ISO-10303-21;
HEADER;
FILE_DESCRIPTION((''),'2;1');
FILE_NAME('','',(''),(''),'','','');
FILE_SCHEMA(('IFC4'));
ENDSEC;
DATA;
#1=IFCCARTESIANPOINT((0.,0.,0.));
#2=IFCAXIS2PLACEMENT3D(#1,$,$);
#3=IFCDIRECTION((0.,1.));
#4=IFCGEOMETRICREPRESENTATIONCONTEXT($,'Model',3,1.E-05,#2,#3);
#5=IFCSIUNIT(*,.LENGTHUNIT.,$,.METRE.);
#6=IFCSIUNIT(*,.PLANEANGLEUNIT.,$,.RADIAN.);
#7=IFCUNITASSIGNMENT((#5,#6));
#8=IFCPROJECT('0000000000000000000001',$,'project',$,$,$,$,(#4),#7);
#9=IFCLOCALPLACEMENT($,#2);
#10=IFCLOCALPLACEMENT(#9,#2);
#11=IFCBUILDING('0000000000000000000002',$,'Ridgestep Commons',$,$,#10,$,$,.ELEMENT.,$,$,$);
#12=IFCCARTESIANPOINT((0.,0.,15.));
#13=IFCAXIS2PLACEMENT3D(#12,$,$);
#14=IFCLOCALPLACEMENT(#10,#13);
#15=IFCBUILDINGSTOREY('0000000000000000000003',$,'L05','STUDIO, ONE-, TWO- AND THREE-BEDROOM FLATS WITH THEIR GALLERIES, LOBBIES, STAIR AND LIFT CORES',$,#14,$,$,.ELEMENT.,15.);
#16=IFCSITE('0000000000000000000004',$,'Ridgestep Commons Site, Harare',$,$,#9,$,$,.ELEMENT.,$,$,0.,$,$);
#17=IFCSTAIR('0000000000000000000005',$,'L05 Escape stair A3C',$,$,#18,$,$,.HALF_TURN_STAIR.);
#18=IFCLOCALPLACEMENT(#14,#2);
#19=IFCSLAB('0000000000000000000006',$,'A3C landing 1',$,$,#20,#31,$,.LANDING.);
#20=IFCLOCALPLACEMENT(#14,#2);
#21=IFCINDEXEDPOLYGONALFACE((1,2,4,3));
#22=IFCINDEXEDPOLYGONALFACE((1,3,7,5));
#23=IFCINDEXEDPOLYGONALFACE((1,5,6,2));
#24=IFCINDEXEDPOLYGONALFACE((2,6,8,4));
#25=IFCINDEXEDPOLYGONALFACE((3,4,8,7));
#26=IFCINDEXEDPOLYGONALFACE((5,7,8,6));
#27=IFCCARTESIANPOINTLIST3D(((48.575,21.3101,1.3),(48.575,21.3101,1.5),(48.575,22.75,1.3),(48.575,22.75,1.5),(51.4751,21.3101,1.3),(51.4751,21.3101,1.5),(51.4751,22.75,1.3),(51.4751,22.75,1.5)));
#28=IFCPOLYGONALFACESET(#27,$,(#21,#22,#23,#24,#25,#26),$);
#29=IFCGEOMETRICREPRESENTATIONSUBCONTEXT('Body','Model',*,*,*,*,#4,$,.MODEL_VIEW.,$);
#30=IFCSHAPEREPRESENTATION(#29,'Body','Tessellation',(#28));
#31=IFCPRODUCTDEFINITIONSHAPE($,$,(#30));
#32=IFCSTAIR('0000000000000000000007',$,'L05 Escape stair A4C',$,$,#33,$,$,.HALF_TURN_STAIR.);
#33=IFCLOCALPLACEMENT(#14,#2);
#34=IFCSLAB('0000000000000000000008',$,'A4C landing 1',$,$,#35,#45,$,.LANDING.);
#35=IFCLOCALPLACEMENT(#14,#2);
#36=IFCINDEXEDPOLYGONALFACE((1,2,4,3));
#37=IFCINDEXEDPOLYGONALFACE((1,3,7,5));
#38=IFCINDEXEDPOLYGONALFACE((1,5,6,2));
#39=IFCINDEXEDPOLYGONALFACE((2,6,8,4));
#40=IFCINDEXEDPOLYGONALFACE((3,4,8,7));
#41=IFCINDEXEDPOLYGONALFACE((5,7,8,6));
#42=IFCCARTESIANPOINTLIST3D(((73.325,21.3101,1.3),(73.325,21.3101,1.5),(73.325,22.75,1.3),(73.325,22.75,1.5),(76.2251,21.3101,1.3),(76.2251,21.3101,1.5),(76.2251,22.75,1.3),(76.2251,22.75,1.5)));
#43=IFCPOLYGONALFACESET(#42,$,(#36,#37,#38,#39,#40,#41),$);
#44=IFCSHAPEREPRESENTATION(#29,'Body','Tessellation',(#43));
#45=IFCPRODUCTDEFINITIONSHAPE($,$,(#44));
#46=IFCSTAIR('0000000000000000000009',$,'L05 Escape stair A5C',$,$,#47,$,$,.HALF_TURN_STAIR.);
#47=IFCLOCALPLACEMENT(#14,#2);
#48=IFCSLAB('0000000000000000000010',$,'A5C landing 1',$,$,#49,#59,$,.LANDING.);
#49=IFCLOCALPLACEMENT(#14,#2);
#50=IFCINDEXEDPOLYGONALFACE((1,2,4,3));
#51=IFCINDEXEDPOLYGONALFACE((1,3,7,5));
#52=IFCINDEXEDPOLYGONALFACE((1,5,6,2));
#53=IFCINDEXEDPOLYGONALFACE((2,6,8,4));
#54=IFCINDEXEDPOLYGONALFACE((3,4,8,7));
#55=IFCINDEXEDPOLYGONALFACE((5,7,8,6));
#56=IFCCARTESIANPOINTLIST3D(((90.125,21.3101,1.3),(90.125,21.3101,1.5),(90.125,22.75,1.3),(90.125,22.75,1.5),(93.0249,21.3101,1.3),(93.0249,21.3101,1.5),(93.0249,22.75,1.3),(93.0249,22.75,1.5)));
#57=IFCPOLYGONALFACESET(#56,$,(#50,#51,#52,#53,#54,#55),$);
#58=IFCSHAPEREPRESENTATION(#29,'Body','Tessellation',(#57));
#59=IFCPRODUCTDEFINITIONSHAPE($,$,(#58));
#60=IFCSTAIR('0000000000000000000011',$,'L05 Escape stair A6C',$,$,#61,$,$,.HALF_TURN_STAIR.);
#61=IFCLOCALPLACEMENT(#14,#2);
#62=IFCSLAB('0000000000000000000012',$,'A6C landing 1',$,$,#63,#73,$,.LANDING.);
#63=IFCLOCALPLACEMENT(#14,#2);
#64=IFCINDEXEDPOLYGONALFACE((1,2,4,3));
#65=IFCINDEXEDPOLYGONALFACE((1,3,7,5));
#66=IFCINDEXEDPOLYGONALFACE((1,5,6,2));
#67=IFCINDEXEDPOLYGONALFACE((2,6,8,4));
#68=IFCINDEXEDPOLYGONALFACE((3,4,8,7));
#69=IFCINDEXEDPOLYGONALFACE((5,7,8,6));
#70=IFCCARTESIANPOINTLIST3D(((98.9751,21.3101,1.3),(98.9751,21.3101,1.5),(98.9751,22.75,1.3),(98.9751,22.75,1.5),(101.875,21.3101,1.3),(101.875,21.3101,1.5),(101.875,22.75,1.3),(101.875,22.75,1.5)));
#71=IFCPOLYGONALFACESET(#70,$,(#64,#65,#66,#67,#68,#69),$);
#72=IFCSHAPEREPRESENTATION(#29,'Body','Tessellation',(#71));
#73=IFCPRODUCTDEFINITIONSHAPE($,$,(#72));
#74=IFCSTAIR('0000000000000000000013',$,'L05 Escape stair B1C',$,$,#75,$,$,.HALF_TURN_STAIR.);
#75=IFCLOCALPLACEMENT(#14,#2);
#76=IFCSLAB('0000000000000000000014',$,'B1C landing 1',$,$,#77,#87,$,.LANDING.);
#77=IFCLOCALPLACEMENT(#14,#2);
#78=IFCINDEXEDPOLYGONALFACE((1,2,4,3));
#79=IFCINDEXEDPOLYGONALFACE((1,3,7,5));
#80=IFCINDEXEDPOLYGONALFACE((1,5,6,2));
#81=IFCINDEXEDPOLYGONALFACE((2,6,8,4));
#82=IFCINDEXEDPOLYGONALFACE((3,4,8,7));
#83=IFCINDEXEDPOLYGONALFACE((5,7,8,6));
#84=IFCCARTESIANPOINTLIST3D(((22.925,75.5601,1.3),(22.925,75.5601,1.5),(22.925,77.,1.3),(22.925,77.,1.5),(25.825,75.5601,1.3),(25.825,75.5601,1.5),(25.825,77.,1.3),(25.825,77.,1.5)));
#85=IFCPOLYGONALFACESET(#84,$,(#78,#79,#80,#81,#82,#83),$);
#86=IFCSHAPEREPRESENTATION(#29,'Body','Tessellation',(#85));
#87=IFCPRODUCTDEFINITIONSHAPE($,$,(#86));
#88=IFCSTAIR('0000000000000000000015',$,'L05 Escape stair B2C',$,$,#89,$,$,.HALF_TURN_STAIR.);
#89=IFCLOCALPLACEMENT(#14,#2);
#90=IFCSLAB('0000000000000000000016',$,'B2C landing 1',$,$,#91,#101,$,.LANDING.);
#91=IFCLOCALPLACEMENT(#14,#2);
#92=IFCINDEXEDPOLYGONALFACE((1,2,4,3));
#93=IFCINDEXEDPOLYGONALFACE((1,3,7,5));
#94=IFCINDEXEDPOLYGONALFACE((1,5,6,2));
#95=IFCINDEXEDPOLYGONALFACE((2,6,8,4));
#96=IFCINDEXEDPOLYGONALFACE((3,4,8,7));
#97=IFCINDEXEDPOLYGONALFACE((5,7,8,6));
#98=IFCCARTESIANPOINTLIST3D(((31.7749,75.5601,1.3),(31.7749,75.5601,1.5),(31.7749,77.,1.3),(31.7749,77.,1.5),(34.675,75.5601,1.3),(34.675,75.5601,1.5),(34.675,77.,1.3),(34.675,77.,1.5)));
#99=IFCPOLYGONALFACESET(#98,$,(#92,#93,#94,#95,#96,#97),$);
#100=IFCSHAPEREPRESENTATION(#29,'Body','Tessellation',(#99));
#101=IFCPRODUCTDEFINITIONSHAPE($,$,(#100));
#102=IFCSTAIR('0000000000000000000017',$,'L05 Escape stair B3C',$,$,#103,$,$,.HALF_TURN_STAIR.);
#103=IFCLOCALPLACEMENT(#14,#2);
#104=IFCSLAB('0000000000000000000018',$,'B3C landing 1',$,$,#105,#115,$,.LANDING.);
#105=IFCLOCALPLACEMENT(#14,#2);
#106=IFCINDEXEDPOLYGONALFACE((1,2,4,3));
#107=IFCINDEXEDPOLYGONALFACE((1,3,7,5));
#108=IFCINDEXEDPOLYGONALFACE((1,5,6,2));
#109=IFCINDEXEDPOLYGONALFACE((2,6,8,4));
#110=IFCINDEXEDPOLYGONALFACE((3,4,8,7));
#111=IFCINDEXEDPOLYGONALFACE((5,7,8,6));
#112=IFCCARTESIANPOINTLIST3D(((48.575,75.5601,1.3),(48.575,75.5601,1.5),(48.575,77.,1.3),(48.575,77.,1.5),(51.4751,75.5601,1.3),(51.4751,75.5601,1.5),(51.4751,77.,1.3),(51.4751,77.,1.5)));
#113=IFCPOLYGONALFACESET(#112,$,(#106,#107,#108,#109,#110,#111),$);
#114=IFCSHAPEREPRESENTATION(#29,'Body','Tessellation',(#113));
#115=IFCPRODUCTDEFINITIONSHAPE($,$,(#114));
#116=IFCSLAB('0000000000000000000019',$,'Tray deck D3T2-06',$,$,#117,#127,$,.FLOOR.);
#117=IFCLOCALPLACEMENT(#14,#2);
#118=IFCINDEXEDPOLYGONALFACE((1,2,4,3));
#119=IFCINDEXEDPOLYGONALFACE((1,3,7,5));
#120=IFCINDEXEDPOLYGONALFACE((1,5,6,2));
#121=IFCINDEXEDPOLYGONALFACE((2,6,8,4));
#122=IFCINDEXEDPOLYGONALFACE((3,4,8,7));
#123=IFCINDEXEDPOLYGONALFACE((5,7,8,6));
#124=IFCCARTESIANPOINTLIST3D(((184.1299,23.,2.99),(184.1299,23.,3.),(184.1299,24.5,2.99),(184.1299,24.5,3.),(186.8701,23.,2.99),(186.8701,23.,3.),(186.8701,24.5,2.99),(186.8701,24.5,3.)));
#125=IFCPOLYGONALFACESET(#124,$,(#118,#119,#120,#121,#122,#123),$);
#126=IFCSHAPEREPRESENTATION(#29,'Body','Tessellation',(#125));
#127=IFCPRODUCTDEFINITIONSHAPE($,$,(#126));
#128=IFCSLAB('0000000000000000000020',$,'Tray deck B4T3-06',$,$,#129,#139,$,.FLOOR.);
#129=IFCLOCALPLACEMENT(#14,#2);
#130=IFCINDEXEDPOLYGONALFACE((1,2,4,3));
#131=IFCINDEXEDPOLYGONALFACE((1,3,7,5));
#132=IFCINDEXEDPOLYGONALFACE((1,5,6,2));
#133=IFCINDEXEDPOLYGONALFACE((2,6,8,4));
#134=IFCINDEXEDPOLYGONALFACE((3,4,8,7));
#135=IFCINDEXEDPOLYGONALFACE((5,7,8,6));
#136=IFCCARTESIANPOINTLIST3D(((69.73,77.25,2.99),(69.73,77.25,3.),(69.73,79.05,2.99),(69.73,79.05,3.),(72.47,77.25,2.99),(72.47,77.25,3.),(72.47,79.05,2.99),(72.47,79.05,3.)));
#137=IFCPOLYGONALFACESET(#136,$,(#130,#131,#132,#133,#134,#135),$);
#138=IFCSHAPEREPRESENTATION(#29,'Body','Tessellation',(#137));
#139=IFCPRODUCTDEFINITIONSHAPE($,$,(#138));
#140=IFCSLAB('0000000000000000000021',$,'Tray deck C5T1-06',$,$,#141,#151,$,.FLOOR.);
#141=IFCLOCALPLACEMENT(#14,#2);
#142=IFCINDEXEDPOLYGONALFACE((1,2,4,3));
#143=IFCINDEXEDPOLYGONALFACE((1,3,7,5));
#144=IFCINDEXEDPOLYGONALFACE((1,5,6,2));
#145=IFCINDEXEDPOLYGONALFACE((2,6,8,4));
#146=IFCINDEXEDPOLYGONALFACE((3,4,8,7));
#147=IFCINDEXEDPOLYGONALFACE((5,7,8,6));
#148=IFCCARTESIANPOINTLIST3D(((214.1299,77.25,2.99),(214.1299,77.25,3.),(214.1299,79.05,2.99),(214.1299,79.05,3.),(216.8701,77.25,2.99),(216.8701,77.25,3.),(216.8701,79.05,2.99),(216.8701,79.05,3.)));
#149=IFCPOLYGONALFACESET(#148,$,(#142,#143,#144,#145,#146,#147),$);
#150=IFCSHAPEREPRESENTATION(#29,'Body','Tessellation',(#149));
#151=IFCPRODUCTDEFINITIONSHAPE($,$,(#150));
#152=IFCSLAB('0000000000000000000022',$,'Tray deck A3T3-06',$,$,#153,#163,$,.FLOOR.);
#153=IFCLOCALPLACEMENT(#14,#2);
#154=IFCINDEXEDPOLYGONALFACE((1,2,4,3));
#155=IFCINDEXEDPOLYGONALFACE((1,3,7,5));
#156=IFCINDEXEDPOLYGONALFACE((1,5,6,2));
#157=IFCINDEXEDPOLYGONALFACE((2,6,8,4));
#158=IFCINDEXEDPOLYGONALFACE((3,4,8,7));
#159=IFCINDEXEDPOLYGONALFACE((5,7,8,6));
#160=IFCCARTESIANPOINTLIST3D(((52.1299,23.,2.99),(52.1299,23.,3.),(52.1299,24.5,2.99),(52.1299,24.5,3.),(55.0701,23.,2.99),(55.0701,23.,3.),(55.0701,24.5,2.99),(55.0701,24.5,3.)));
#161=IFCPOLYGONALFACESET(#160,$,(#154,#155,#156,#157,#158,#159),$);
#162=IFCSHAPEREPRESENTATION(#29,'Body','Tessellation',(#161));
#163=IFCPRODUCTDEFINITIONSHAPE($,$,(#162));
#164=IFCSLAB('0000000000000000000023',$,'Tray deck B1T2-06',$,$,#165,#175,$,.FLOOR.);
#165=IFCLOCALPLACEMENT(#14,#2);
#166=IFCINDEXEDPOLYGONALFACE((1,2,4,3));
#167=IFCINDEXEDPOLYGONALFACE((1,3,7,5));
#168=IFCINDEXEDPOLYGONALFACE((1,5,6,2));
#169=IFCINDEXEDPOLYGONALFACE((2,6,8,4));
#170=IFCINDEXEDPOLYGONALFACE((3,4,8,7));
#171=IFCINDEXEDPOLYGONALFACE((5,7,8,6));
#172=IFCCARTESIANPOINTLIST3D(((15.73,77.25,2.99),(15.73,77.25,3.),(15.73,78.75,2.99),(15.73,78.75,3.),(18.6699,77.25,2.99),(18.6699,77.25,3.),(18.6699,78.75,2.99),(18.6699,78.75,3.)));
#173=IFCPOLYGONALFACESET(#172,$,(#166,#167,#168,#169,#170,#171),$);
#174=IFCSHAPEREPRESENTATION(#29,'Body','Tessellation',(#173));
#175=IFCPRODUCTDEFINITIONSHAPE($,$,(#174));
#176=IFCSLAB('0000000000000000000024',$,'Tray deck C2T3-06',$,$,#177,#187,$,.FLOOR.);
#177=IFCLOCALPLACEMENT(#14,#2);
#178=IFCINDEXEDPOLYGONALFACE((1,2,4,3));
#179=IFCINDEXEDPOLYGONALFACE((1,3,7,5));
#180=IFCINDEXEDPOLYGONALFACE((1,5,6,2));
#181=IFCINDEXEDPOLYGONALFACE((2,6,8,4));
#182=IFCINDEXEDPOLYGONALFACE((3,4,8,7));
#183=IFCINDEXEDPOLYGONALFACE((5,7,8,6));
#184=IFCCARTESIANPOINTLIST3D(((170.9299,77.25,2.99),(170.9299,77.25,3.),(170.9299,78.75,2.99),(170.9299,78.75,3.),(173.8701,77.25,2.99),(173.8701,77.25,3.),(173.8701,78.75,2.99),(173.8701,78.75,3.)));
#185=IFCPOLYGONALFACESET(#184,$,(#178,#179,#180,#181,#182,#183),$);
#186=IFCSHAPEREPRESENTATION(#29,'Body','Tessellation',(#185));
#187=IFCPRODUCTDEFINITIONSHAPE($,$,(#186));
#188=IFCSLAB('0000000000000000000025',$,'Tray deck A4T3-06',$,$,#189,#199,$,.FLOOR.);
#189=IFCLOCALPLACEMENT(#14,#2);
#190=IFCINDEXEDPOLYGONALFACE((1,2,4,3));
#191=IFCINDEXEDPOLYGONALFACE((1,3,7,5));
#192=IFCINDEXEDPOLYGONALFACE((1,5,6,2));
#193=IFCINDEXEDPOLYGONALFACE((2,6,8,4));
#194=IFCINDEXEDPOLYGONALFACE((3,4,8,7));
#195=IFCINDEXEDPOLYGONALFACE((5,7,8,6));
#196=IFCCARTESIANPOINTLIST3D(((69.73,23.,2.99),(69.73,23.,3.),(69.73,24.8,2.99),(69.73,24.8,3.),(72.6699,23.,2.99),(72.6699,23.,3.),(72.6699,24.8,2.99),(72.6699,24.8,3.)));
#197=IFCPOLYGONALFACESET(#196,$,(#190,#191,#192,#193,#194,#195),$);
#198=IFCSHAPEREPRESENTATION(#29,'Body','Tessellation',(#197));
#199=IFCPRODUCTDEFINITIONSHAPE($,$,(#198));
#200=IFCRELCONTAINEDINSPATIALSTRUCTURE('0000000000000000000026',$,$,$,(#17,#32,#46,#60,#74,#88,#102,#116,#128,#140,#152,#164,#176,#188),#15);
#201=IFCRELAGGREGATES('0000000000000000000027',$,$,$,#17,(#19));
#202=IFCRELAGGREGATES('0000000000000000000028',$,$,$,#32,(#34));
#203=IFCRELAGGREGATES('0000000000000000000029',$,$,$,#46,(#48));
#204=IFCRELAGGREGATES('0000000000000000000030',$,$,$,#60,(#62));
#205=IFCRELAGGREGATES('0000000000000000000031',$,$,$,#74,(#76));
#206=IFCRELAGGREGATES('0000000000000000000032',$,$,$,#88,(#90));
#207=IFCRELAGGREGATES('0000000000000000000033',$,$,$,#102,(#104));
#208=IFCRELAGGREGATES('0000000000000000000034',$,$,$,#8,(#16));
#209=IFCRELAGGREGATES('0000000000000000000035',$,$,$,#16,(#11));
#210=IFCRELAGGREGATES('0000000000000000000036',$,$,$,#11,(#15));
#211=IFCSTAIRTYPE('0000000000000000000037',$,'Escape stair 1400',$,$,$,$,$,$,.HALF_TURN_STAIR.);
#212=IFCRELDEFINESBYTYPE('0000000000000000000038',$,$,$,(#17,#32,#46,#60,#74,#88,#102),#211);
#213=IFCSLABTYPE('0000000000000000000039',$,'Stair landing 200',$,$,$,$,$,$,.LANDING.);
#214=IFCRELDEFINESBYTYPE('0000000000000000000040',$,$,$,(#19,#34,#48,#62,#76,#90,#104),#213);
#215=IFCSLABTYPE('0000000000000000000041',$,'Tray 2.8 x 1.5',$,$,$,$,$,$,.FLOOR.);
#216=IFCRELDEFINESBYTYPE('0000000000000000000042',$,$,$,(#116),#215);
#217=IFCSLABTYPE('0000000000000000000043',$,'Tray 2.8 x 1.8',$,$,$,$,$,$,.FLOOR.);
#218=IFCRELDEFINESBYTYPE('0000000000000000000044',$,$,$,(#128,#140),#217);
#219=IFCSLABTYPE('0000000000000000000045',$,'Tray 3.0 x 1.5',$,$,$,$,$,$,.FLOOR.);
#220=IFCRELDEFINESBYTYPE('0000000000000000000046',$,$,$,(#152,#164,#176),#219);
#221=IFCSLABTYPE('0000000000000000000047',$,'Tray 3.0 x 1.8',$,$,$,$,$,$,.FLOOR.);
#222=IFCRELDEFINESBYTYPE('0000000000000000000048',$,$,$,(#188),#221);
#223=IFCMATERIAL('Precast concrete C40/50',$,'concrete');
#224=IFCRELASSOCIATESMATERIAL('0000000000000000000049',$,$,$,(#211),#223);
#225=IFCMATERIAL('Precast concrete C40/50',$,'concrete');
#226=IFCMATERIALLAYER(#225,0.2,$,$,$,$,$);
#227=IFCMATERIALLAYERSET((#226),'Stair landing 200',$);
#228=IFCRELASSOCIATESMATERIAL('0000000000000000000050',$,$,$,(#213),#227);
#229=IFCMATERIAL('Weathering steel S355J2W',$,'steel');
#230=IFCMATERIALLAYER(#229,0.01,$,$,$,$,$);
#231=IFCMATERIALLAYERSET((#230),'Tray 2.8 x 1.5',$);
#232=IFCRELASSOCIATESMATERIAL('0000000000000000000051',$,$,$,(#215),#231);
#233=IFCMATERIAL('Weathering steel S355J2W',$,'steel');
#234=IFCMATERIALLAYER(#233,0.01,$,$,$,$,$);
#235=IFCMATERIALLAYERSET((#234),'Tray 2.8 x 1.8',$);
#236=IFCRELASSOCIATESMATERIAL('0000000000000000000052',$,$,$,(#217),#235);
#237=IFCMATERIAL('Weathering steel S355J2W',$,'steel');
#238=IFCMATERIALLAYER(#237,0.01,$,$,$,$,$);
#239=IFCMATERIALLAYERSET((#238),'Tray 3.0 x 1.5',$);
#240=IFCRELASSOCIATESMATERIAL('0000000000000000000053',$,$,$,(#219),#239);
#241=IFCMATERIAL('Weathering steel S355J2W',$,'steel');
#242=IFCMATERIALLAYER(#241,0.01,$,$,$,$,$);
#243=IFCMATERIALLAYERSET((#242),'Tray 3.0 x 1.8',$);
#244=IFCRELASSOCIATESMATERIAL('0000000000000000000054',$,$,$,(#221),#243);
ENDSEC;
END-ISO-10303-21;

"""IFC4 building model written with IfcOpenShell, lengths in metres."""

from ifc_helpers import new_model, si_unit, direction, frame, origin, place, context, subcontext, project, spatial, polyline, outline, extrude, material, layer, layer_set, type_object, element, aggregate, save


model = new_model("IFC4")

# Units and contexts
model_context = context("Model", 3, precision=1e-05, world=origin(), true_north=direction((0.0, 1.0)))
body_context = subcontext(model_context, "Body", "Model", "MODEL_VIEW")
ifc_project = project(units=[si_unit("LENGTHUNIT", "METRE"), si_unit("PLANEANGLEUNIT", "RADIAN")], contexts=[model_context])

# Site, building, storey
site_placement = place(None, origin())
site = spatial("IfcSite", under=ifc_project, at=site_placement, Name="Ridgestep Commons Site, Harare", CompositionType="ELEMENT", RefElevation=0.0)
building_placement = place(site_placement, origin())
building = spatial("IfcBuilding", under=site, at=building_placement, Name="Ridgestep Commons", CompositionType="ELEMENT")
storey_placement = place(building_placement, frame((0.0, 0.0, 15.0)))
storey = spatial("IfcBuildingStorey", under=building, at=storey_placement, Name="L05", Description="STUDIO, ONE-, TWO- AND THREE-BEDROOM FLATS WITH THEIR GALLERIES, LOBBIES, STAIR AND LIFT CORES", CompositionType="ELEMENT", Elevation=15.0)

# Stairs, slabs
ifc_material_1 = material(Name="Precast concrete C40/50", Category="concrete")
stair_type = type_object("IfcStairType", Name="Escape stair 1400", PredefinedType="HALF_TURN_STAIR", material=ifc_material_1)
ifc_material_2 = material(Name="Precast concrete C40/50", Category="concrete")
ifc_layer_1 = layer(ifc_material_2, 0.2)
ifc_layer_set_1 = layer_set([ifc_layer_1], Name="Stair landing 200")
slab_type_1 = type_object("IfcSlabType", Name="Stair landing 200", PredefinedType="LANDING", material=ifc_layer_set_1)
stair_1_placement = place(storey_placement, origin())
stair_1 = element("IfcStair", 1, at=stair_1_placement, inside=storey, type_object=stair_type, Name="L05 Escape stair A3C", PredefinedType="HALF_TURN_STAIR")
slab_1_placement = place(storey_placement, frame((0.0, 0.0, 1.3)))
slab_1 = element("IfcSlab", 2, at=slab_1_placement, type_object=slab_type_1, Name="A3C landing 1", PredefinedType="LANDING", context=body_context, shape_type="SweptSolid", body=[
    extrude(outline(polyline([(51.4751, 21.3101), (51.4751, 22.75), (48.575, 22.75), (48.575, 21.3101), (51.4751, 21.3101)])), origin(), (0.0, 0.0, 1.0), 0.2),
])
aggregate(stair_1, [slab_1])
stair_2_placement = place(storey_placement, origin())
stair_2 = element("IfcStair", 3, at=stair_2_placement, inside=storey, type_object=stair_type, Name="L05 Escape stair A4C", PredefinedType="HALF_TURN_STAIR")
slab_2_placement = place(storey_placement, frame((0.0, 0.0, 1.3)))
slab_2 = element("IfcSlab", 4, at=slab_2_placement, type_object=slab_type_1, Name="A4C landing 1", PredefinedType="LANDING", context=body_context, shape_type="SweptSolid", body=[
    extrude(outline(polyline([(76.2251, 21.3101), (76.2251, 22.75), (73.325, 22.75), (73.325, 21.3101), (76.2251, 21.3101)])), origin(), (0.0, 0.0, 1.0), 0.2),
])
aggregate(stair_2, [slab_2])
stair_3_placement = place(storey_placement, origin())
stair_3 = element("IfcStair", 5, at=stair_3_placement, inside=storey, type_object=stair_type, Name="L05 Escape stair A5C", PredefinedType="HALF_TURN_STAIR")
slab_3_placement = place(storey_placement, frame((0.0, 0.0, 1.3)))
slab_3 = element("IfcSlab", 6, at=slab_3_placement, type_object=slab_type_1, Name="A5C landing 1", PredefinedType="LANDING", context=body_context, shape_type="SweptSolid", body=[
    extrude(outline(polyline([(93.0249, 21.3101), (93.0249, 22.75), (90.125, 22.75), (90.125, 21.3101), (93.0249, 21.3101)])), origin(), (0.0, 0.0, 1.0), 0.2),
])
aggregate(stair_3, [slab_3])
stair_4_placement = place(storey_placement, origin())
stair_4 = element("IfcStair", 7, at=stair_4_placement, inside=storey, type_object=stair_type, Name="L05 Escape stair A6C", PredefinedType="HALF_TURN_STAIR")
slab_4_placement = place(storey_placement, frame((0.0, 0.0, 1.3)))
slab_4 = element("IfcSlab", 8, at=slab_4_placement, type_object=slab_type_1, Name="A6C landing 1", PredefinedType="LANDING", context=body_context, shape_type="SweptSolid", body=[
    extrude(outline(polyline([(101.875, 21.3101), (101.875, 22.75), (98.9751, 22.75), (98.9751, 21.3101), (101.875, 21.3101)])), origin(), (0.0, 0.0, 1.0), 0.2),
])
aggregate(stair_4, [slab_4])
stair_5_placement = place(storey_placement, origin())
stair_5 = element("IfcStair", 9, at=stair_5_placement, inside=storey, type_object=stair_type, Name="L05 Escape stair B1C", PredefinedType="HALF_TURN_STAIR")
slab_5_placement = place(storey_placement, frame((0.0, 0.0, 1.3)))
slab_5 = element("IfcSlab", 10, at=slab_5_placement, type_object=slab_type_1, Name="B1C landing 1", PredefinedType="LANDING", context=body_context, shape_type="SweptSolid", body=[
    extrude(outline(polyline([(25.825, 75.5601), (25.825, 77.0), (22.925, 77.0), (22.925, 75.5601), (25.825, 75.5601)])), origin(), (0.0, 0.0, 1.0), 0.2),
])
aggregate(stair_5, [slab_5])
stair_6_placement = place(storey_placement, origin())
stair_6 = element("IfcStair", 11, at=stair_6_placement, inside=storey, type_object=stair_type, Name="L05 Escape stair B2C", PredefinedType="HALF_TURN_STAIR")
slab_6_placement = place(storey_placement, frame((0.0, 0.0, 1.3)))
slab_6 = element("IfcSlab", 12, at=slab_6_placement, type_object=slab_type_1, Name="B2C landing 1", PredefinedType="LANDING", context=body_context, shape_type="SweptSolid", body=[
    extrude(outline(polyline([(34.675, 75.5601), (34.675, 77.0), (31.7749, 77.0), (31.7749, 75.5601), (34.675, 75.5601)])), origin(), (0.0, 0.0, 1.0), 0.2),
])
aggregate(stair_6, [slab_6])
stair_7_placement = place(storey_placement, origin())
stair_7 = element("IfcStair", 13, at=stair_7_placement, inside=storey, type_object=stair_type, Name="L05 Escape stair B3C", PredefinedType="HALF_TURN_STAIR")
slab_7_placement = place(storey_placement, frame((0.0, 0.0, 1.3)))
slab_7 = element("IfcSlab", 14, at=slab_7_placement, type_object=slab_type_1, Name="B3C landing 1", PredefinedType="LANDING", context=body_context, shape_type="SweptSolid", body=[
    extrude(outline(polyline([(51.4751, 75.5601), (51.4751, 77.0), (48.575, 77.0), (48.575, 75.5601), (51.4751, 75.5601)])), origin(), (0.0, 0.0, 1.0), 0.2),
])
aggregate(stair_7, [slab_7])

# Slabs
ifc_material_3 = material(Name="Weathering steel S355J2W", Category="steel")
ifc_layer_2 = layer(ifc_material_3, 0.01)
ifc_layer_set_2 = layer_set([ifc_layer_2], Name="Tray 2.8 x 1.5")
slab_type_2 = type_object("IfcSlabType", Name="Tray 2.8 x 1.5", PredefinedType="FLOOR", material=ifc_layer_set_2)
slab_8_placement = place(storey_placement, frame((0.0, 0.0, 2.99)))
element("IfcSlab", 15, at=slab_8_placement, inside=storey, type_object=slab_type_2, Name="Tray deck D3T2-06", PredefinedType="FLOOR", context=body_context, shape_type="SweptSolid", body=[
    extrude(outline(polyline([(184.1299, 23.0), (186.8701, 23.0), (186.8701, 24.5), (184.1299, 24.5), (184.1299, 23.0)])), origin(), (0.0, 0.0, 1.0), 0.01),
])
ifc_material_4 = material(Name="Weathering steel S355J2W", Category="steel")
ifc_layer_3 = layer(ifc_material_4, 0.01)
ifc_layer_set_3 = layer_set([ifc_layer_3], Name="Tray 2.8 x 1.8")
slab_type_3 = type_object("IfcSlabType", Name="Tray 2.8 x 1.8", PredefinedType="FLOOR", material=ifc_layer_set_3)
slab_9_placement = place(storey_placement, frame((0.0, 0.0, 2.99)))
element("IfcSlab", 16, at=slab_9_placement, inside=storey, type_object=slab_type_3, Name="Tray deck B4T3-06", PredefinedType="FLOOR", context=body_context, shape_type="SweptSolid", body=[
    extrude(outline(polyline([(69.73, 77.25), (72.47, 77.25), (72.47, 79.05), (69.73, 79.05), (69.73, 77.25)])), origin(), (0.0, 0.0, 1.0), 0.01),
])
slab_10_placement = place(storey_placement, frame((0.0, 0.0, 2.99)))
element("IfcSlab", 17, at=slab_10_placement, inside=storey, type_object=slab_type_3, Name="Tray deck C5T1-06", PredefinedType="FLOOR", context=body_context, shape_type="SweptSolid", body=[
    extrude(outline(polyline([(214.1299, 77.25), (216.8701, 77.25), (216.8701, 79.05), (214.1299, 79.05), (214.1299, 77.25)])), origin(), (0.0, 0.0, 1.0), 0.01),
])
ifc_material_5 = material(Name="Weathering steel S355J2W", Category="steel")
ifc_layer_4 = layer(ifc_material_5, 0.01)
ifc_layer_set_4 = layer_set([ifc_layer_4], Name="Tray 3.0 x 1.5")
slab_type_4 = type_object("IfcSlabType", Name="Tray 3.0 x 1.5", PredefinedType="FLOOR", material=ifc_layer_set_4)
slab_11_placement = place(storey_placement, frame((0.0, 0.0, 2.99)))
element("IfcSlab", 18, at=slab_11_placement, inside=storey, type_object=slab_type_4, Name="Tray deck A3T3-06", PredefinedType="FLOOR", context=body_context, shape_type="SweptSolid", body=[
    extrude(outline(polyline([(52.1299, 23.0), (55.0701, 23.0), (55.0701, 24.5), (52.1299, 24.5), (52.1299, 23.0)])), origin(), (0.0, 0.0, 1.0), 0.01),
])
slab_12_placement = place(storey_placement, frame((0.0, 0.0, 2.99)))
element("IfcSlab", 19, at=slab_12_placement, inside=storey, type_object=slab_type_4, Name="Tray deck B1T2-06", PredefinedType="FLOOR", context=body_context, shape_type="SweptSolid", body=[
    extrude(outline(polyline([(15.73, 77.25), (18.6699, 77.25), (18.6699, 78.75), (15.73, 78.75), (15.73, 77.25)])), origin(), (0.0, 0.0, 1.0), 0.01),
])
slab_13_placement = place(storey_placement, frame((0.0, 0.0, 2.99)))
element("IfcSlab", 20, at=slab_13_placement, inside=storey, type_object=slab_type_4, Name="Tray deck C2T3-06", PredefinedType="FLOOR", context=body_context, shape_type="SweptSolid", body=[
    extrude(outline(polyline([(170.9299, 77.25), (173.8701, 77.25), (173.8701, 78.75), (170.9299, 78.75), (170.9299, 77.25)])), origin(), (0.0, 0.0, 1.0), 0.01),
])
ifc_material_6 = material(Name="Weathering steel S355J2W", Category="steel")
ifc_layer_5 = layer(ifc_material_6, 0.01)
ifc_layer_set_5 = layer_set([ifc_layer_5], Name="Tray 3.0 x 1.8")
slab_type_5 = type_object("IfcSlabType", Name="Tray 3.0 x 1.8", PredefinedType="FLOOR", material=ifc_layer_set_5)
slab_14_placement = place(storey_placement, frame((0.0, 0.0, 2.99)))
element("IfcSlab", 21, at=slab_14_placement, inside=storey, type_object=slab_type_5, Name="Tray deck A4T3-06", PredefinedType="FLOOR", context=body_context, shape_type="SweptSolid", body=[
    extrude(outline(polyline([(69.73, 23.0), (72.6699, 23.0), (72.6699, 24.8), (69.73, 24.8), (69.73, 23.0)])), origin(), (0.0, 0.0, 1.0), 0.01),
])

save(model, "model.ifc")
